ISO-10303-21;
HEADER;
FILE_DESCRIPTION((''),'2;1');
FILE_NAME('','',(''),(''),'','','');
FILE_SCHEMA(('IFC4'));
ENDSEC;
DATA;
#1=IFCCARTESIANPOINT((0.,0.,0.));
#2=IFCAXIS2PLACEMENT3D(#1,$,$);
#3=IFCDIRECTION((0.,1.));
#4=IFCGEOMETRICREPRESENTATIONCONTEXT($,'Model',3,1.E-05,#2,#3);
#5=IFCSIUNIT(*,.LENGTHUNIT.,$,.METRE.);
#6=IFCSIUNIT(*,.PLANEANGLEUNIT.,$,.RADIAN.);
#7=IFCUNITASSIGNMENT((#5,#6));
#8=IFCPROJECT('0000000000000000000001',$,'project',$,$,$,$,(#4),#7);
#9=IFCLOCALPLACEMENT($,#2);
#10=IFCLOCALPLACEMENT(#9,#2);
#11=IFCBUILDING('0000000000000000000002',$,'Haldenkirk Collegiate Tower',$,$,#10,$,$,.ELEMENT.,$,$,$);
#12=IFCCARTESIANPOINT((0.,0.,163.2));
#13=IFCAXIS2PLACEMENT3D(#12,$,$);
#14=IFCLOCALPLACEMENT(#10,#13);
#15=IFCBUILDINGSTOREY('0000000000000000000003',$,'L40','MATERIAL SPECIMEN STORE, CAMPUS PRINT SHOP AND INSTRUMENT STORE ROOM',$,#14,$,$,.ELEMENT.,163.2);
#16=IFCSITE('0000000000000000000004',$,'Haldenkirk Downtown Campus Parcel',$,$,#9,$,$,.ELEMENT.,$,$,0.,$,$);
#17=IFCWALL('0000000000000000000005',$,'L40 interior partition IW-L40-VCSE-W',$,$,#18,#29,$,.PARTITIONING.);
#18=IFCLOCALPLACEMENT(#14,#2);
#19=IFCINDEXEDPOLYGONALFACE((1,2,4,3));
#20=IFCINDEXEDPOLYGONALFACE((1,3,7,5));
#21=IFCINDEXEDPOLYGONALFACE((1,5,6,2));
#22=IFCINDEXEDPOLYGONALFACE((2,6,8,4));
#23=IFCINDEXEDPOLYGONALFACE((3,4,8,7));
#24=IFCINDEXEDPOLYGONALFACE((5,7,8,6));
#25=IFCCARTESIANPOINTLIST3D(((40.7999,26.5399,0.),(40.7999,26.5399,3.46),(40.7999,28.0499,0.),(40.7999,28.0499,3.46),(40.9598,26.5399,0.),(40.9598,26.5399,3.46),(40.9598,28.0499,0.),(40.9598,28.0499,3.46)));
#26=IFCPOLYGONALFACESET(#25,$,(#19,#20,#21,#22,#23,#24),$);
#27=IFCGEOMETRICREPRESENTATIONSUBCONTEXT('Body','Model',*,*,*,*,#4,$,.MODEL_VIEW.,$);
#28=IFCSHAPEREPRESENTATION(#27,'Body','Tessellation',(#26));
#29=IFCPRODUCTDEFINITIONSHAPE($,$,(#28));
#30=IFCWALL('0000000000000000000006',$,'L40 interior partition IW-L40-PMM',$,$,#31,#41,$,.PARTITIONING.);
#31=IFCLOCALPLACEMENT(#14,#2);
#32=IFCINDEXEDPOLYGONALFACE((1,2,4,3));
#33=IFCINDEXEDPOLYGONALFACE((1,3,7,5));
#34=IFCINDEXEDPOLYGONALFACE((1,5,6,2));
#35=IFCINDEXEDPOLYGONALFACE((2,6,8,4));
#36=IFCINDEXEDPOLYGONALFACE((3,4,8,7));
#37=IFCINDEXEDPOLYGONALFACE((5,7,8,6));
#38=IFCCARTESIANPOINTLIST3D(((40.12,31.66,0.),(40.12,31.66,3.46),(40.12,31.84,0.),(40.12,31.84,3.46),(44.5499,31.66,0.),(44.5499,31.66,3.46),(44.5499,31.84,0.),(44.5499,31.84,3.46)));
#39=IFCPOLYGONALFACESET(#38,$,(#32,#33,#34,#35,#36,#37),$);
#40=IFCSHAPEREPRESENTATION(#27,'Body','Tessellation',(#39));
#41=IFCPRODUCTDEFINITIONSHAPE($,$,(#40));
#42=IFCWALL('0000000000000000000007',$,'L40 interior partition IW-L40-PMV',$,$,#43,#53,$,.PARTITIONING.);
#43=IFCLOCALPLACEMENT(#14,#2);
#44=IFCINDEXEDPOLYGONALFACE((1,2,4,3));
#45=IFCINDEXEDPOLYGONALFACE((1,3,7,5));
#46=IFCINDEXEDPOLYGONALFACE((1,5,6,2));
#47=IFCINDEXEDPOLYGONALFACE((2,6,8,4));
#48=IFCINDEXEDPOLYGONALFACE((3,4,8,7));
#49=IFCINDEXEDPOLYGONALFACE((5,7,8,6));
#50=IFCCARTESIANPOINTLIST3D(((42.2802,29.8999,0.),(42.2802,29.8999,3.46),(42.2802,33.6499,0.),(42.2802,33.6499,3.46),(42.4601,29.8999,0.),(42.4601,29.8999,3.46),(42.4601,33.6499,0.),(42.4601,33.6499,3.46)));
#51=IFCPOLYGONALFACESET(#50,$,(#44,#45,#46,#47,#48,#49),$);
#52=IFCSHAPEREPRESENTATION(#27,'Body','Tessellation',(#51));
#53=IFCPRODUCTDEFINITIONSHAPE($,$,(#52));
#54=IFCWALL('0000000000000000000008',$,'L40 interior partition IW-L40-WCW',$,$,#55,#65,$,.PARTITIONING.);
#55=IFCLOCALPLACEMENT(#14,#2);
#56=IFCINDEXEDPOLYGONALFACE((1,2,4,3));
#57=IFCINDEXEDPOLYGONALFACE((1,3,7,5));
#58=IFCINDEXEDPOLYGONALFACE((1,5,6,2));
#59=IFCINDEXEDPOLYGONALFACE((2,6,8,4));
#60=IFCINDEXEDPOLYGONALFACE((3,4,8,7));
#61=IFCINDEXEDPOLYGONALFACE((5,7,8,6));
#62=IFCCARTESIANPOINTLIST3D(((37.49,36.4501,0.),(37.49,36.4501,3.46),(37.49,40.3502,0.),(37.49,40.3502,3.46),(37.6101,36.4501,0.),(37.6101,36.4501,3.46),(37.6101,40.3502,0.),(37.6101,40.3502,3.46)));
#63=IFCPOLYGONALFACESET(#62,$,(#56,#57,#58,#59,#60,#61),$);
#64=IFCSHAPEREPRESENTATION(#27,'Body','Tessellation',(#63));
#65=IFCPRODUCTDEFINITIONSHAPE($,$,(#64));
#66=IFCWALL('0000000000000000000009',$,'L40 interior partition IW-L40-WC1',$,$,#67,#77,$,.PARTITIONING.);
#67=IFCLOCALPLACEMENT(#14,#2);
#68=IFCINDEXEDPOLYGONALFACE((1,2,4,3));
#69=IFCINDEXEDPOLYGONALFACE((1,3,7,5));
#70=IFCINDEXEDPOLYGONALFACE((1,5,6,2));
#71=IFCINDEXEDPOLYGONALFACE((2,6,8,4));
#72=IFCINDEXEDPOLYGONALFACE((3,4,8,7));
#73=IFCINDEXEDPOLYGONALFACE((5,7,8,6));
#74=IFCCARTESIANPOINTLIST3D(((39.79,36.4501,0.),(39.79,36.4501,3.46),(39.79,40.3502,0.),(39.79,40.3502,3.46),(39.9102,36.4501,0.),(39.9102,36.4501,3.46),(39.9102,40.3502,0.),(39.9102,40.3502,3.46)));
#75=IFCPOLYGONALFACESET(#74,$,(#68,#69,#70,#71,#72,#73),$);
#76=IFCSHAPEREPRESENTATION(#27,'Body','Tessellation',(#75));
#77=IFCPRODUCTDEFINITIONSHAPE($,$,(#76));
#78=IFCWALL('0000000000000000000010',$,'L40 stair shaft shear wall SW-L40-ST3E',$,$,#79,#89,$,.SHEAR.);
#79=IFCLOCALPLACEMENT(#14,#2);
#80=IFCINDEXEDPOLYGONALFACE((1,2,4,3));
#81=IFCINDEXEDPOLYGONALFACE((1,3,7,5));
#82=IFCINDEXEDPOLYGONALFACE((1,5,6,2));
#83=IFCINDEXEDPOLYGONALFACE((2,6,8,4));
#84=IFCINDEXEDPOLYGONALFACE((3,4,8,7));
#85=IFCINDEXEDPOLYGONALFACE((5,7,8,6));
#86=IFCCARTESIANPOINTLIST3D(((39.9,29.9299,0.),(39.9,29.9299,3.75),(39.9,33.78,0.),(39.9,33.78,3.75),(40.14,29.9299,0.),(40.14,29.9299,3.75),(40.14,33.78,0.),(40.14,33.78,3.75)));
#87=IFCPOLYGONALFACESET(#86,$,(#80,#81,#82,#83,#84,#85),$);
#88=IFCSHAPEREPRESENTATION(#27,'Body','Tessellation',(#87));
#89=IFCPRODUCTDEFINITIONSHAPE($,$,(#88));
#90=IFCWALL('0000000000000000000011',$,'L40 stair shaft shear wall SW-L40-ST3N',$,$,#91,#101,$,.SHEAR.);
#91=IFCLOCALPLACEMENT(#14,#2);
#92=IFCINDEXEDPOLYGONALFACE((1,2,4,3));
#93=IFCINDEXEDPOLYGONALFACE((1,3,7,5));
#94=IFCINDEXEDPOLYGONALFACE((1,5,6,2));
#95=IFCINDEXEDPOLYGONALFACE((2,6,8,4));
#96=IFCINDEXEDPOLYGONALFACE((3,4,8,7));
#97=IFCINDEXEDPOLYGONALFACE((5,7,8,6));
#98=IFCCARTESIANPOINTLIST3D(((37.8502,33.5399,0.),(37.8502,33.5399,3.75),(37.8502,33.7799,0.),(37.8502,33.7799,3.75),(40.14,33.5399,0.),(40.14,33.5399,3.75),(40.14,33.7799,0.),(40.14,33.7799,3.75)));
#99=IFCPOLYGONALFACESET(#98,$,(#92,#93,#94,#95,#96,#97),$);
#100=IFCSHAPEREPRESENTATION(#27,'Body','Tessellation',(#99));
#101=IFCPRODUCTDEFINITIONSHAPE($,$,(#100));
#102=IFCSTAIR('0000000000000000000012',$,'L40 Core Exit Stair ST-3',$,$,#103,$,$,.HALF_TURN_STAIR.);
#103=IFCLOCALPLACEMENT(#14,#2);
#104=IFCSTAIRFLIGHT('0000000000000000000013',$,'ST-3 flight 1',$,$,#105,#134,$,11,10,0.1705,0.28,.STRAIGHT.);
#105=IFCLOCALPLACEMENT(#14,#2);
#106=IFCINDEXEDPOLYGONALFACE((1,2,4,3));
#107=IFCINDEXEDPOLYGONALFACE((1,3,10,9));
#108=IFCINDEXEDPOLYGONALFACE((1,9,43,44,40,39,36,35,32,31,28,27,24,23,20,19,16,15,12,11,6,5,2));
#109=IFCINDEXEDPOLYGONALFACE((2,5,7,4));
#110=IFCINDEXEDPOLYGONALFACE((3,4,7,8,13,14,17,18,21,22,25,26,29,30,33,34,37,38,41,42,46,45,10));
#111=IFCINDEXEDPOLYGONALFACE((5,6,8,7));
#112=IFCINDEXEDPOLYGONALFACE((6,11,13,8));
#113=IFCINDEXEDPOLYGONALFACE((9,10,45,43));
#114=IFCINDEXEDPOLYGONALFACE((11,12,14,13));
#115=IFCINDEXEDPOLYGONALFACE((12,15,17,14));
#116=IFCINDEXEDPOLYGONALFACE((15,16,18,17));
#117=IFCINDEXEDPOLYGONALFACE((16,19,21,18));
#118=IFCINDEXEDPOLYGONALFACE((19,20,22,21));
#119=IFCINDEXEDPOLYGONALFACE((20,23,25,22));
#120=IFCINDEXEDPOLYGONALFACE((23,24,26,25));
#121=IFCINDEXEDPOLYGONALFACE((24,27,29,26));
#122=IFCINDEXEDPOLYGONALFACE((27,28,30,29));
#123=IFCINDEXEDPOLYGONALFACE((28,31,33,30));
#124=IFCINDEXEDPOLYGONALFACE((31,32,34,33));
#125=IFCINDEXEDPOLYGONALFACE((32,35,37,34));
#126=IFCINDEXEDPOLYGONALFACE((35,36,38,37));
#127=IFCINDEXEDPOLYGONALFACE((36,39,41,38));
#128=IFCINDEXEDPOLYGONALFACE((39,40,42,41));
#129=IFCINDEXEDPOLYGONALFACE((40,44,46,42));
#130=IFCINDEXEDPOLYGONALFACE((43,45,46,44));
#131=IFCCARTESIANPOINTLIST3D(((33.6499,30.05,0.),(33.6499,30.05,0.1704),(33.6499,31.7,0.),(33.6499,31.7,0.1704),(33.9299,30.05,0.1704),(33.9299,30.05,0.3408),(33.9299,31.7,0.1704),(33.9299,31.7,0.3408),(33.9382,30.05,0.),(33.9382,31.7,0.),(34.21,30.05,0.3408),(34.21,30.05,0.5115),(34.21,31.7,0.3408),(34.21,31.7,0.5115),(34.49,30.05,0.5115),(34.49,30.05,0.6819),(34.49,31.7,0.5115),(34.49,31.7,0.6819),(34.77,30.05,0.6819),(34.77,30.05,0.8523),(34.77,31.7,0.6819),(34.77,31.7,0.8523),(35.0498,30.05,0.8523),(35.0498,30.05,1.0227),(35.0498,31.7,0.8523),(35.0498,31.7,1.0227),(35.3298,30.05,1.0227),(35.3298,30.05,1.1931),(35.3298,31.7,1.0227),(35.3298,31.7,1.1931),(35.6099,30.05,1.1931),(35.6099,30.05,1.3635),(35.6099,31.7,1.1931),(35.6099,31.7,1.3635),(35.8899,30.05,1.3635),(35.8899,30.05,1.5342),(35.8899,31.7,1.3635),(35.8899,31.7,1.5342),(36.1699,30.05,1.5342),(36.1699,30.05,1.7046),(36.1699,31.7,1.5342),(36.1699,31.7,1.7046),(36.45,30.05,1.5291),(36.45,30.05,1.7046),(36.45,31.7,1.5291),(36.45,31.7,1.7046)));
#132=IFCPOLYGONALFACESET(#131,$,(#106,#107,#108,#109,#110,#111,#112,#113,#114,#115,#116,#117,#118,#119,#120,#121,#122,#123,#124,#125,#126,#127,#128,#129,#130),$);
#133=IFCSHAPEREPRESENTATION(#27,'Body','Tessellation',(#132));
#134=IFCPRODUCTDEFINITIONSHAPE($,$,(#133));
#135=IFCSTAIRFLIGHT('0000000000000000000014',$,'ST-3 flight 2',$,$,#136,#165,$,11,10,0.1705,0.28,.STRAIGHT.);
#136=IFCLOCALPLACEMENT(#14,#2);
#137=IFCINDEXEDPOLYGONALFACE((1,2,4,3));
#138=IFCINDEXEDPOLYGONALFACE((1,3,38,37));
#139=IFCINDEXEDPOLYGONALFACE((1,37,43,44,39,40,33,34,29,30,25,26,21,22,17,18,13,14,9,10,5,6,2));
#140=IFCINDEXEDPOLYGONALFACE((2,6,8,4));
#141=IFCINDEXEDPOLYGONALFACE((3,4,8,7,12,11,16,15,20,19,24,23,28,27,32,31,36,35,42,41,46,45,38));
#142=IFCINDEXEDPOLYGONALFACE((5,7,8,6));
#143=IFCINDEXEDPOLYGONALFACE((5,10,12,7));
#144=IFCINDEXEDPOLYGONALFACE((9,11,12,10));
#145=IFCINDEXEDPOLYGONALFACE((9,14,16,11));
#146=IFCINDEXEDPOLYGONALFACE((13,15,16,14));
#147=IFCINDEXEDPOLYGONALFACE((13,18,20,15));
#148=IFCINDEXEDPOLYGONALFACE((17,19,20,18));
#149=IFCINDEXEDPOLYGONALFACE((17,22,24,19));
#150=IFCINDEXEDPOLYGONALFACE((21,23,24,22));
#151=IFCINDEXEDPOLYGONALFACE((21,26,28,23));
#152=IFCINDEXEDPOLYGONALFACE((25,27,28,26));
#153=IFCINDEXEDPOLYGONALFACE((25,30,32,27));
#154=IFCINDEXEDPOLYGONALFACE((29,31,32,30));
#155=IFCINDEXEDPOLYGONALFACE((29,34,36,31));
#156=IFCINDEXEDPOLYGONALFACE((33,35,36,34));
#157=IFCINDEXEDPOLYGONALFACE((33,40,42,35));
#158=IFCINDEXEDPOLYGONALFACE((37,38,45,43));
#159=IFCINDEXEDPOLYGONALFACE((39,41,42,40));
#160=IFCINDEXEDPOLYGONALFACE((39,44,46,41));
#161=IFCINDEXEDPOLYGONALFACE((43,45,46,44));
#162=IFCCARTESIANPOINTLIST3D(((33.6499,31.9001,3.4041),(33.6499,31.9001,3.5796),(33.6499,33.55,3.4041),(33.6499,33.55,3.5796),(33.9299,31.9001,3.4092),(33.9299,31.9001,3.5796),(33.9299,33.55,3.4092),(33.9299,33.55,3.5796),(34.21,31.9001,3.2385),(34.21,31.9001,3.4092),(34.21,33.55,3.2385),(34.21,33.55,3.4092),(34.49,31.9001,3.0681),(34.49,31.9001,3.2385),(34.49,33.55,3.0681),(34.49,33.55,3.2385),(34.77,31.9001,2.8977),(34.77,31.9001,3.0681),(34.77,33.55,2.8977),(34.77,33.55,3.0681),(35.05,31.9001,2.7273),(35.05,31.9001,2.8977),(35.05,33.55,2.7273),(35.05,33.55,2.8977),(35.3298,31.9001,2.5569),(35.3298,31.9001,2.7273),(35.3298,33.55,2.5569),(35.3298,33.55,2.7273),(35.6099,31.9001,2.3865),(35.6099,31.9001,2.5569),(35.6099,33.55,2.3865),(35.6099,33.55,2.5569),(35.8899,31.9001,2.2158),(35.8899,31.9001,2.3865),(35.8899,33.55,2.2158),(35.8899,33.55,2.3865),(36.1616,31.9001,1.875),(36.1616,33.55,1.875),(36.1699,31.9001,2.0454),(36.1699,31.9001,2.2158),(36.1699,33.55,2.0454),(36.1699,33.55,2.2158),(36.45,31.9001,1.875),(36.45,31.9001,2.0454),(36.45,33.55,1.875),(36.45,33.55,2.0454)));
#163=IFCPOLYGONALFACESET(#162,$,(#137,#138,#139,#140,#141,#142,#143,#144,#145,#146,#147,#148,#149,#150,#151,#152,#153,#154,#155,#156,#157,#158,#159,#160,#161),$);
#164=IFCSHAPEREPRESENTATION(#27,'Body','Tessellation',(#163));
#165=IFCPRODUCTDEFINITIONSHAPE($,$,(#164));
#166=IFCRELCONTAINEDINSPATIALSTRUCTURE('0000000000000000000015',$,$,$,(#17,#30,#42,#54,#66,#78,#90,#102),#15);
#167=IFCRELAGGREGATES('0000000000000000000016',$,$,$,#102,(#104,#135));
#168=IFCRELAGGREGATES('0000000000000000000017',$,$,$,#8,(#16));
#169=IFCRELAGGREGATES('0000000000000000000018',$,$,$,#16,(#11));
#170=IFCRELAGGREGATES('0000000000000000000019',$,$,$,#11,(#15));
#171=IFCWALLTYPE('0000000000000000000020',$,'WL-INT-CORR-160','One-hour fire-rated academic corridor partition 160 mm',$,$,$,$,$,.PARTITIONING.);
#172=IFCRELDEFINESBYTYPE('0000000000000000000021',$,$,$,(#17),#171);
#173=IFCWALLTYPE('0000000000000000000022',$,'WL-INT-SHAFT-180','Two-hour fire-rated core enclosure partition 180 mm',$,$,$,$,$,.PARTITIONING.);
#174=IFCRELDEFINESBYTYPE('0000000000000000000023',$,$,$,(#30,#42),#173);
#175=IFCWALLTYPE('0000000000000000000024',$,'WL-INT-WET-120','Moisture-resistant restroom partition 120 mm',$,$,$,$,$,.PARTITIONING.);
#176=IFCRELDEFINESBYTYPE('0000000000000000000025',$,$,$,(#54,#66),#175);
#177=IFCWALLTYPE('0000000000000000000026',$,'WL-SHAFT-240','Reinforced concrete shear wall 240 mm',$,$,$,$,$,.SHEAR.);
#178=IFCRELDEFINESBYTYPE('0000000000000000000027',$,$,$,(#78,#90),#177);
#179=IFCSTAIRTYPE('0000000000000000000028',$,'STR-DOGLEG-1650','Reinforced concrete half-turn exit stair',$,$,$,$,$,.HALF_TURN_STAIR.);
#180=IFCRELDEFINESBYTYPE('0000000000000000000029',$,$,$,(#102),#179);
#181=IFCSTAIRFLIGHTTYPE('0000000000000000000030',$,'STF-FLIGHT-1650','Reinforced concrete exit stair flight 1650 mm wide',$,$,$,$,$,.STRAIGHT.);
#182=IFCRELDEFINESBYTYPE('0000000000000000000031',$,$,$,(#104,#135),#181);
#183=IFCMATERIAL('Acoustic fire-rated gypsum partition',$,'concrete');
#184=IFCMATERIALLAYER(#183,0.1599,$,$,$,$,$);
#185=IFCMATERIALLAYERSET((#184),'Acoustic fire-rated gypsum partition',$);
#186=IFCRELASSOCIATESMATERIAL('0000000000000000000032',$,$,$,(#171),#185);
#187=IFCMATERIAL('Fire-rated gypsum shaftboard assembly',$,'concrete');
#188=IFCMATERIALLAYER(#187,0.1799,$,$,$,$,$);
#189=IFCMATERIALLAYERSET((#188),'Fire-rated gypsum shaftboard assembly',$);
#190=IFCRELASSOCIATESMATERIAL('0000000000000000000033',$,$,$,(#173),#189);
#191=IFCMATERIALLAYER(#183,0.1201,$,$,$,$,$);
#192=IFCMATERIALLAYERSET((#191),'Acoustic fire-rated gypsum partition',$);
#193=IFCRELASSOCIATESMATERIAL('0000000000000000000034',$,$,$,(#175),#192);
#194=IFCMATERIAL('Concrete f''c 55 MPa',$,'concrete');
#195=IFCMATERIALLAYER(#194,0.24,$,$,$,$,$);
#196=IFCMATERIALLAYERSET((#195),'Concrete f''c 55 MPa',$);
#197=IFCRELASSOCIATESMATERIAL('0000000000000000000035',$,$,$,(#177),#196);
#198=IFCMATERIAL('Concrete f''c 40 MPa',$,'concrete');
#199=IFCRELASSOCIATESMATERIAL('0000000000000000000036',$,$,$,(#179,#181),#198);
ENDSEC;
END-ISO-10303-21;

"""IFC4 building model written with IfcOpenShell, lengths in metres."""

from ifc_helpers import new_model, si_unit, direction, frame, frame_2d, origin, place, context, subcontext, project, spatial, polyline, rectangle, outline, extrude, material, layer, layer_set, type_object, element, aggregate, save


model = new_model("IFC4")

# Units and contexts
model_context = context("Model", 3, precision=1e-05, world=origin(), true_north=direction((0.0, 1.0)))
body_context = subcontext(model_context, "Body", "Model", "MODEL_VIEW")
ifc_project = project(units=[si_unit("LENGTHUNIT", "METRE"), si_unit("PLANEANGLEUNIT", "RADIAN")], contexts=[model_context])

# Site, building, storey
site_placement = place(None, origin())
site = spatial("IfcSite", under=ifc_project, at=site_placement, Name="Haldenkirk Downtown Campus Parcel", CompositionType="ELEMENT", RefElevation=0.0)
building_placement = place(site_placement, origin())
building = spatial("IfcBuilding", under=site, at=building_placement, Name="Haldenkirk Collegiate Tower", CompositionType="ELEMENT")
storey_placement = place(building_placement, frame((0.0, 0.0, 163.2)))
storey = spatial("IfcBuildingStorey", under=building, at=storey_placement, Name="L40", Description="MATERIAL SPECIMEN STORE, CAMPUS PRINT SHOP AND INSTRUMENT STORE ROOM", CompositionType="ELEMENT", Elevation=163.2)

# Shared definitions
ifc_material_1 = material(Name="Acoustic fire-rated gypsum partition", Category="concrete")
ifc_layer_1 = layer(ifc_material_1, 0.1599)
ifc_layer_set_1 = layer_set([ifc_layer_1], Name="Acoustic fire-rated gypsum partition")
wall_type_1 = type_object("IfcWallType", Name="WL-INT-CORR-160", Description="One-hour fire-rated academic corridor partition 160 mm", PredefinedType="PARTITIONING", material=ifc_layer_set_1)

# Wall
wall_1_placement = place(storey_placement, frame((40.8799, 26.54, 0.0), z_axis=(0.0, 0.0, 1.0), x_axis=(0.0, 1.0, 0.0)))
element("IfcWall", 1, at=wall_1_placement, inside=storey, type_object=wall_type_1, Name="L40 interior partition IW-L40-VCSE-W", PredefinedType="PARTITIONING", context=body_context, shape_type="SweptSolid", body=[
    extrude(rectangle(XDim=1.51, YDim=0.1599, at=frame_2d((0.7549, 0.0))), origin(), (0.0, 0.0, 1.0), 3.46),
])

# Shared definitions
ifc_material_2 = material(Name="Fire-rated gypsum shaftboard assembly", Category="concrete")
ifc_layer_2 = layer(ifc_material_2, 0.1799)
ifc_layer_set_2 = layer_set([ifc_layer_2], Name="Fire-rated gypsum shaftboard assembly")
wall_type_2 = type_object("IfcWallType", Name="WL-INT-SHAFT-180", Description="Two-hour fire-rated core enclosure partition 180 mm", PredefinedType="PARTITIONING", material=ifc_layer_set_2)

# Walls
wall_2_placement = place(storey_placement, frame((40.1201, 31.75, 0.0), z_axis=(0.0, 0.0, 1.0), x_axis=(1.0, 0.0, 0.0)))
element("IfcWall", 2, at=wall_2_placement, inside=storey, type_object=wall_type_2, Name="L40 interior partition IW-L40-PMM", PredefinedType="PARTITIONING", context=body_context, shape_type="SweptSolid", body=[
    extrude(rectangle(XDim=4.4299, YDim=0.1799, at=frame_2d((2.2148, 0.0))), origin(), (0.0, 0.0, 1.0), 3.46),
])
wall_3_placement = place(storey_placement, frame((42.3701, 29.8999, 0.0), z_axis=(0.0, 0.0, 1.0), x_axis=(0.0, 1.0, 0.0)))
element("IfcWall", 3, at=wall_3_placement, inside=storey, type_object=wall_type_2, Name="L40 interior partition IW-L40-PMV", PredefinedType="PARTITIONING", context=body_context, shape_type="SweptSolid", body=[
    extrude(rectangle(XDim=3.75, YDim=0.1799, at=frame_2d((1.875, 0.0))), origin(), (0.0, 0.0, 1.0), 3.46),
])
ifc_layer_3 = layer(ifc_material_1, 0.1201)
ifc_layer_set_3 = layer_set([ifc_layer_3], Name="Acoustic fire-rated gypsum partition")
wall_type_3 = type_object("IfcWallType", Name="WL-INT-WET-120", Description="Moisture-resistant restroom partition 120 mm", PredefinedType="PARTITIONING", material=ifc_layer_set_3)
for number, where, z_axis, x_axis, name in (
    (4, (37.55, 36.45, 0.0), (0.0, 0.0, 1.0), (0.0, 1.0, 0.0), "L40 interior partition IW-L40-WCW"),
    (5, (39.8501, 36.45, 0.0), (0.0, 0.0, 1.0), (0.0, 1.0, 0.0), "L40 interior partition IW-L40-WC1"),
):
    element("IfcWall", number, at=place(storey_placement, frame(where, z_axis=z_axis, x_axis=x_axis)), inside=storey, type_object=wall_type_3, Name=name, PredefinedType="PARTITIONING", context=body_context, shape_type="SweptSolid", body=[
        extrude(rectangle(XDim=3.9001, YDim=0.1201, at=frame_2d((1.9502, 0.0))), origin(), (0.0, 0.0, 1.0), 3.46),
    ])
ifc_material_3 = material(Name="Concrete f'c 55 MPa", Category="concrete")
ifc_layer_4 = layer(ifc_material_3, 0.24)
ifc_layer_set_4 = layer_set([ifc_layer_4], Name="Concrete f'c 55 MPa")
wall_type_4 = type_object("IfcWallType", Name="WL-SHAFT-240", Description="Reinforced concrete shear wall 240 mm", PredefinedType="SHEAR", material=ifc_layer_set_4)
wall_4_placement = place(storey_placement, frame((40.02, 29.9299, 0.0), z_axis=(0.0, 0.0, 1.0), x_axis=(0.0, 1.0, 0.0)))
element("IfcWall", 6, at=wall_4_placement, inside=storey, type_object=wall_type_4, Name="L40 stair shaft shear wall SW-L40-ST3E", PredefinedType="SHEAR", context=body_context, shape_type="SweptSolid", body=[
    extrude(rectangle(XDim=3.8501, YDim=0.24, at=frame_2d((1.925, 0.0))), origin(), (0.0, 0.0, 1.0), 3.75),
])
wall_5_placement = place(storey_placement, frame((37.8501, 33.6599, 0.0), z_axis=(0.0, 0.0, 1.0), x_axis=(1.0, 0.0, 0.0)))
element("IfcWall", 7, at=wall_5_placement, inside=storey, type_object=wall_type_4, Name="L40 stair shaft shear wall SW-L40-ST3N", PredefinedType="SHEAR", context=body_context, shape_type="SweptSolid", body=[
    extrude(rectangle(XDim=2.2898, YDim=0.24, at=frame_2d((1.145, 0.0))), origin(), (0.0, 0.0, 1.0), 3.75),
])

# Stair, stair flights
ifc_material_4 = material(Name="Concrete f'c 40 MPa", Category="concrete")
stair_type = type_object("IfcStairType", Name="STR-DOGLEG-1650", Description="Reinforced concrete half-turn exit stair", PredefinedType="HALF_TURN_STAIR", material=ifc_material_4)
stair_placement = place(storey_placement, origin())
stair = element("IfcStair", 8, at=stair_placement, inside=storey, type_object=stair_type, Name="L40 Core Exit Stair ST-3", PredefinedType="HALF_TURN_STAIR")
stair_flight_type = type_object("IfcStairFlightType", Name="STF-FLIGHT-1650", Description="Reinforced concrete exit stair flight 1650 mm wide", PredefinedType="STRAIGHT", material=ifc_material_4)
stair_flight_1_placement = place(storey_placement, frame((33.6499, 30.875, 0.0), z_axis=(0.0, 0.0, 1.0), x_axis=(1.0, 0.0, 0.0)))
stair_flight_1 = element("IfcStairFlight", 9, at=stair_flight_1_placement, type_object=stair_flight_type, Name="ST-3 flight 1", NumberOfRisers=11, NumberOfTreads=10, PredefinedType="STRAIGHT", RiserHeight=0.1705, TreadLength=0.28, context=body_context, shape_type="SweptSolid", body=[
    extrude(outline(polyline([(0.0, 0.0), (0.0, 0.1704), (0.28, 0.1704), (0.28, 0.3408), (0.5601, 0.3408), (0.5601, 0.5115), (0.8401, 0.5115), (0.8401, 0.6819), (1.1201, 0.6819), (1.1201, 0.8523), (1.3999, 0.8523), (1.3999, 1.0227), (1.6799, 1.0227), (1.6799, 1.1931), (1.96, 1.1931), (1.96, 1.3635), (2.24, 1.3635), (2.24, 1.5342), (2.52, 1.5342), (2.52, 1.7046), (2.8, 1.7046), (2.8, 1.875), (2.8, 1.5291), (0.2883, 0.0), (0.0, 0.0)])), frame((0.0, 0.825, 0.0), z_axis=(0.0, -1.0, 0.0), x_axis=(1.0, 0.0, 0.0)), (0.0, 0.0, 1.0), 1.6499),
])
stair_flight_2_placement = place(storey_placement, frame((36.45, 32.7251, 1.875), z_axis=(0.0, 0.0, 1.0), x_axis=(-1.0, 0.0, 0.0)))
stair_flight_2 = element("IfcStairFlight", 10, at=stair_flight_2_placement, type_object=stair_flight_type, Name="ST-3 flight 2", NumberOfRisers=11, NumberOfTreads=10, PredefinedType="STRAIGHT", RiserHeight=0.1705, TreadLength=0.28, context=body_context, shape_type="SweptSolid", body=[
    extrude(outline(polyline([(0.0, 0.0), (0.0, 0.1704), (0.28, 0.1704), (0.28, 0.3408), (0.5601, 0.3408), (0.5601, 0.5115), (0.8401, 0.5115), (0.8401, 0.6819), (1.1201, 0.6819), (1.1201, 0.8523), (1.3999, 0.8523), (1.3999, 1.0227), (1.6799, 1.0227), (1.6799, 1.1931), (1.96, 1.1931), (1.96, 1.3635), (2.24, 1.3635), (2.24, 1.5342), (2.52, 1.5342), (2.52, 1.7046), (2.8, 1.7046), (2.8, 1.875), (2.8, 1.5291), (0.2883, 0.0), (0.0, 0.0)])), frame((0.0, 0.825, 0.0), z_axis=(0.0, -1.0, 0.0), x_axis=(1.0, 0.0, 0.0)), (0.0, 0.0, 1.0), 1.6499),
])
aggregate(stair, [stair_flight_1, stair_flight_2])

save(model, "model.ifc")
